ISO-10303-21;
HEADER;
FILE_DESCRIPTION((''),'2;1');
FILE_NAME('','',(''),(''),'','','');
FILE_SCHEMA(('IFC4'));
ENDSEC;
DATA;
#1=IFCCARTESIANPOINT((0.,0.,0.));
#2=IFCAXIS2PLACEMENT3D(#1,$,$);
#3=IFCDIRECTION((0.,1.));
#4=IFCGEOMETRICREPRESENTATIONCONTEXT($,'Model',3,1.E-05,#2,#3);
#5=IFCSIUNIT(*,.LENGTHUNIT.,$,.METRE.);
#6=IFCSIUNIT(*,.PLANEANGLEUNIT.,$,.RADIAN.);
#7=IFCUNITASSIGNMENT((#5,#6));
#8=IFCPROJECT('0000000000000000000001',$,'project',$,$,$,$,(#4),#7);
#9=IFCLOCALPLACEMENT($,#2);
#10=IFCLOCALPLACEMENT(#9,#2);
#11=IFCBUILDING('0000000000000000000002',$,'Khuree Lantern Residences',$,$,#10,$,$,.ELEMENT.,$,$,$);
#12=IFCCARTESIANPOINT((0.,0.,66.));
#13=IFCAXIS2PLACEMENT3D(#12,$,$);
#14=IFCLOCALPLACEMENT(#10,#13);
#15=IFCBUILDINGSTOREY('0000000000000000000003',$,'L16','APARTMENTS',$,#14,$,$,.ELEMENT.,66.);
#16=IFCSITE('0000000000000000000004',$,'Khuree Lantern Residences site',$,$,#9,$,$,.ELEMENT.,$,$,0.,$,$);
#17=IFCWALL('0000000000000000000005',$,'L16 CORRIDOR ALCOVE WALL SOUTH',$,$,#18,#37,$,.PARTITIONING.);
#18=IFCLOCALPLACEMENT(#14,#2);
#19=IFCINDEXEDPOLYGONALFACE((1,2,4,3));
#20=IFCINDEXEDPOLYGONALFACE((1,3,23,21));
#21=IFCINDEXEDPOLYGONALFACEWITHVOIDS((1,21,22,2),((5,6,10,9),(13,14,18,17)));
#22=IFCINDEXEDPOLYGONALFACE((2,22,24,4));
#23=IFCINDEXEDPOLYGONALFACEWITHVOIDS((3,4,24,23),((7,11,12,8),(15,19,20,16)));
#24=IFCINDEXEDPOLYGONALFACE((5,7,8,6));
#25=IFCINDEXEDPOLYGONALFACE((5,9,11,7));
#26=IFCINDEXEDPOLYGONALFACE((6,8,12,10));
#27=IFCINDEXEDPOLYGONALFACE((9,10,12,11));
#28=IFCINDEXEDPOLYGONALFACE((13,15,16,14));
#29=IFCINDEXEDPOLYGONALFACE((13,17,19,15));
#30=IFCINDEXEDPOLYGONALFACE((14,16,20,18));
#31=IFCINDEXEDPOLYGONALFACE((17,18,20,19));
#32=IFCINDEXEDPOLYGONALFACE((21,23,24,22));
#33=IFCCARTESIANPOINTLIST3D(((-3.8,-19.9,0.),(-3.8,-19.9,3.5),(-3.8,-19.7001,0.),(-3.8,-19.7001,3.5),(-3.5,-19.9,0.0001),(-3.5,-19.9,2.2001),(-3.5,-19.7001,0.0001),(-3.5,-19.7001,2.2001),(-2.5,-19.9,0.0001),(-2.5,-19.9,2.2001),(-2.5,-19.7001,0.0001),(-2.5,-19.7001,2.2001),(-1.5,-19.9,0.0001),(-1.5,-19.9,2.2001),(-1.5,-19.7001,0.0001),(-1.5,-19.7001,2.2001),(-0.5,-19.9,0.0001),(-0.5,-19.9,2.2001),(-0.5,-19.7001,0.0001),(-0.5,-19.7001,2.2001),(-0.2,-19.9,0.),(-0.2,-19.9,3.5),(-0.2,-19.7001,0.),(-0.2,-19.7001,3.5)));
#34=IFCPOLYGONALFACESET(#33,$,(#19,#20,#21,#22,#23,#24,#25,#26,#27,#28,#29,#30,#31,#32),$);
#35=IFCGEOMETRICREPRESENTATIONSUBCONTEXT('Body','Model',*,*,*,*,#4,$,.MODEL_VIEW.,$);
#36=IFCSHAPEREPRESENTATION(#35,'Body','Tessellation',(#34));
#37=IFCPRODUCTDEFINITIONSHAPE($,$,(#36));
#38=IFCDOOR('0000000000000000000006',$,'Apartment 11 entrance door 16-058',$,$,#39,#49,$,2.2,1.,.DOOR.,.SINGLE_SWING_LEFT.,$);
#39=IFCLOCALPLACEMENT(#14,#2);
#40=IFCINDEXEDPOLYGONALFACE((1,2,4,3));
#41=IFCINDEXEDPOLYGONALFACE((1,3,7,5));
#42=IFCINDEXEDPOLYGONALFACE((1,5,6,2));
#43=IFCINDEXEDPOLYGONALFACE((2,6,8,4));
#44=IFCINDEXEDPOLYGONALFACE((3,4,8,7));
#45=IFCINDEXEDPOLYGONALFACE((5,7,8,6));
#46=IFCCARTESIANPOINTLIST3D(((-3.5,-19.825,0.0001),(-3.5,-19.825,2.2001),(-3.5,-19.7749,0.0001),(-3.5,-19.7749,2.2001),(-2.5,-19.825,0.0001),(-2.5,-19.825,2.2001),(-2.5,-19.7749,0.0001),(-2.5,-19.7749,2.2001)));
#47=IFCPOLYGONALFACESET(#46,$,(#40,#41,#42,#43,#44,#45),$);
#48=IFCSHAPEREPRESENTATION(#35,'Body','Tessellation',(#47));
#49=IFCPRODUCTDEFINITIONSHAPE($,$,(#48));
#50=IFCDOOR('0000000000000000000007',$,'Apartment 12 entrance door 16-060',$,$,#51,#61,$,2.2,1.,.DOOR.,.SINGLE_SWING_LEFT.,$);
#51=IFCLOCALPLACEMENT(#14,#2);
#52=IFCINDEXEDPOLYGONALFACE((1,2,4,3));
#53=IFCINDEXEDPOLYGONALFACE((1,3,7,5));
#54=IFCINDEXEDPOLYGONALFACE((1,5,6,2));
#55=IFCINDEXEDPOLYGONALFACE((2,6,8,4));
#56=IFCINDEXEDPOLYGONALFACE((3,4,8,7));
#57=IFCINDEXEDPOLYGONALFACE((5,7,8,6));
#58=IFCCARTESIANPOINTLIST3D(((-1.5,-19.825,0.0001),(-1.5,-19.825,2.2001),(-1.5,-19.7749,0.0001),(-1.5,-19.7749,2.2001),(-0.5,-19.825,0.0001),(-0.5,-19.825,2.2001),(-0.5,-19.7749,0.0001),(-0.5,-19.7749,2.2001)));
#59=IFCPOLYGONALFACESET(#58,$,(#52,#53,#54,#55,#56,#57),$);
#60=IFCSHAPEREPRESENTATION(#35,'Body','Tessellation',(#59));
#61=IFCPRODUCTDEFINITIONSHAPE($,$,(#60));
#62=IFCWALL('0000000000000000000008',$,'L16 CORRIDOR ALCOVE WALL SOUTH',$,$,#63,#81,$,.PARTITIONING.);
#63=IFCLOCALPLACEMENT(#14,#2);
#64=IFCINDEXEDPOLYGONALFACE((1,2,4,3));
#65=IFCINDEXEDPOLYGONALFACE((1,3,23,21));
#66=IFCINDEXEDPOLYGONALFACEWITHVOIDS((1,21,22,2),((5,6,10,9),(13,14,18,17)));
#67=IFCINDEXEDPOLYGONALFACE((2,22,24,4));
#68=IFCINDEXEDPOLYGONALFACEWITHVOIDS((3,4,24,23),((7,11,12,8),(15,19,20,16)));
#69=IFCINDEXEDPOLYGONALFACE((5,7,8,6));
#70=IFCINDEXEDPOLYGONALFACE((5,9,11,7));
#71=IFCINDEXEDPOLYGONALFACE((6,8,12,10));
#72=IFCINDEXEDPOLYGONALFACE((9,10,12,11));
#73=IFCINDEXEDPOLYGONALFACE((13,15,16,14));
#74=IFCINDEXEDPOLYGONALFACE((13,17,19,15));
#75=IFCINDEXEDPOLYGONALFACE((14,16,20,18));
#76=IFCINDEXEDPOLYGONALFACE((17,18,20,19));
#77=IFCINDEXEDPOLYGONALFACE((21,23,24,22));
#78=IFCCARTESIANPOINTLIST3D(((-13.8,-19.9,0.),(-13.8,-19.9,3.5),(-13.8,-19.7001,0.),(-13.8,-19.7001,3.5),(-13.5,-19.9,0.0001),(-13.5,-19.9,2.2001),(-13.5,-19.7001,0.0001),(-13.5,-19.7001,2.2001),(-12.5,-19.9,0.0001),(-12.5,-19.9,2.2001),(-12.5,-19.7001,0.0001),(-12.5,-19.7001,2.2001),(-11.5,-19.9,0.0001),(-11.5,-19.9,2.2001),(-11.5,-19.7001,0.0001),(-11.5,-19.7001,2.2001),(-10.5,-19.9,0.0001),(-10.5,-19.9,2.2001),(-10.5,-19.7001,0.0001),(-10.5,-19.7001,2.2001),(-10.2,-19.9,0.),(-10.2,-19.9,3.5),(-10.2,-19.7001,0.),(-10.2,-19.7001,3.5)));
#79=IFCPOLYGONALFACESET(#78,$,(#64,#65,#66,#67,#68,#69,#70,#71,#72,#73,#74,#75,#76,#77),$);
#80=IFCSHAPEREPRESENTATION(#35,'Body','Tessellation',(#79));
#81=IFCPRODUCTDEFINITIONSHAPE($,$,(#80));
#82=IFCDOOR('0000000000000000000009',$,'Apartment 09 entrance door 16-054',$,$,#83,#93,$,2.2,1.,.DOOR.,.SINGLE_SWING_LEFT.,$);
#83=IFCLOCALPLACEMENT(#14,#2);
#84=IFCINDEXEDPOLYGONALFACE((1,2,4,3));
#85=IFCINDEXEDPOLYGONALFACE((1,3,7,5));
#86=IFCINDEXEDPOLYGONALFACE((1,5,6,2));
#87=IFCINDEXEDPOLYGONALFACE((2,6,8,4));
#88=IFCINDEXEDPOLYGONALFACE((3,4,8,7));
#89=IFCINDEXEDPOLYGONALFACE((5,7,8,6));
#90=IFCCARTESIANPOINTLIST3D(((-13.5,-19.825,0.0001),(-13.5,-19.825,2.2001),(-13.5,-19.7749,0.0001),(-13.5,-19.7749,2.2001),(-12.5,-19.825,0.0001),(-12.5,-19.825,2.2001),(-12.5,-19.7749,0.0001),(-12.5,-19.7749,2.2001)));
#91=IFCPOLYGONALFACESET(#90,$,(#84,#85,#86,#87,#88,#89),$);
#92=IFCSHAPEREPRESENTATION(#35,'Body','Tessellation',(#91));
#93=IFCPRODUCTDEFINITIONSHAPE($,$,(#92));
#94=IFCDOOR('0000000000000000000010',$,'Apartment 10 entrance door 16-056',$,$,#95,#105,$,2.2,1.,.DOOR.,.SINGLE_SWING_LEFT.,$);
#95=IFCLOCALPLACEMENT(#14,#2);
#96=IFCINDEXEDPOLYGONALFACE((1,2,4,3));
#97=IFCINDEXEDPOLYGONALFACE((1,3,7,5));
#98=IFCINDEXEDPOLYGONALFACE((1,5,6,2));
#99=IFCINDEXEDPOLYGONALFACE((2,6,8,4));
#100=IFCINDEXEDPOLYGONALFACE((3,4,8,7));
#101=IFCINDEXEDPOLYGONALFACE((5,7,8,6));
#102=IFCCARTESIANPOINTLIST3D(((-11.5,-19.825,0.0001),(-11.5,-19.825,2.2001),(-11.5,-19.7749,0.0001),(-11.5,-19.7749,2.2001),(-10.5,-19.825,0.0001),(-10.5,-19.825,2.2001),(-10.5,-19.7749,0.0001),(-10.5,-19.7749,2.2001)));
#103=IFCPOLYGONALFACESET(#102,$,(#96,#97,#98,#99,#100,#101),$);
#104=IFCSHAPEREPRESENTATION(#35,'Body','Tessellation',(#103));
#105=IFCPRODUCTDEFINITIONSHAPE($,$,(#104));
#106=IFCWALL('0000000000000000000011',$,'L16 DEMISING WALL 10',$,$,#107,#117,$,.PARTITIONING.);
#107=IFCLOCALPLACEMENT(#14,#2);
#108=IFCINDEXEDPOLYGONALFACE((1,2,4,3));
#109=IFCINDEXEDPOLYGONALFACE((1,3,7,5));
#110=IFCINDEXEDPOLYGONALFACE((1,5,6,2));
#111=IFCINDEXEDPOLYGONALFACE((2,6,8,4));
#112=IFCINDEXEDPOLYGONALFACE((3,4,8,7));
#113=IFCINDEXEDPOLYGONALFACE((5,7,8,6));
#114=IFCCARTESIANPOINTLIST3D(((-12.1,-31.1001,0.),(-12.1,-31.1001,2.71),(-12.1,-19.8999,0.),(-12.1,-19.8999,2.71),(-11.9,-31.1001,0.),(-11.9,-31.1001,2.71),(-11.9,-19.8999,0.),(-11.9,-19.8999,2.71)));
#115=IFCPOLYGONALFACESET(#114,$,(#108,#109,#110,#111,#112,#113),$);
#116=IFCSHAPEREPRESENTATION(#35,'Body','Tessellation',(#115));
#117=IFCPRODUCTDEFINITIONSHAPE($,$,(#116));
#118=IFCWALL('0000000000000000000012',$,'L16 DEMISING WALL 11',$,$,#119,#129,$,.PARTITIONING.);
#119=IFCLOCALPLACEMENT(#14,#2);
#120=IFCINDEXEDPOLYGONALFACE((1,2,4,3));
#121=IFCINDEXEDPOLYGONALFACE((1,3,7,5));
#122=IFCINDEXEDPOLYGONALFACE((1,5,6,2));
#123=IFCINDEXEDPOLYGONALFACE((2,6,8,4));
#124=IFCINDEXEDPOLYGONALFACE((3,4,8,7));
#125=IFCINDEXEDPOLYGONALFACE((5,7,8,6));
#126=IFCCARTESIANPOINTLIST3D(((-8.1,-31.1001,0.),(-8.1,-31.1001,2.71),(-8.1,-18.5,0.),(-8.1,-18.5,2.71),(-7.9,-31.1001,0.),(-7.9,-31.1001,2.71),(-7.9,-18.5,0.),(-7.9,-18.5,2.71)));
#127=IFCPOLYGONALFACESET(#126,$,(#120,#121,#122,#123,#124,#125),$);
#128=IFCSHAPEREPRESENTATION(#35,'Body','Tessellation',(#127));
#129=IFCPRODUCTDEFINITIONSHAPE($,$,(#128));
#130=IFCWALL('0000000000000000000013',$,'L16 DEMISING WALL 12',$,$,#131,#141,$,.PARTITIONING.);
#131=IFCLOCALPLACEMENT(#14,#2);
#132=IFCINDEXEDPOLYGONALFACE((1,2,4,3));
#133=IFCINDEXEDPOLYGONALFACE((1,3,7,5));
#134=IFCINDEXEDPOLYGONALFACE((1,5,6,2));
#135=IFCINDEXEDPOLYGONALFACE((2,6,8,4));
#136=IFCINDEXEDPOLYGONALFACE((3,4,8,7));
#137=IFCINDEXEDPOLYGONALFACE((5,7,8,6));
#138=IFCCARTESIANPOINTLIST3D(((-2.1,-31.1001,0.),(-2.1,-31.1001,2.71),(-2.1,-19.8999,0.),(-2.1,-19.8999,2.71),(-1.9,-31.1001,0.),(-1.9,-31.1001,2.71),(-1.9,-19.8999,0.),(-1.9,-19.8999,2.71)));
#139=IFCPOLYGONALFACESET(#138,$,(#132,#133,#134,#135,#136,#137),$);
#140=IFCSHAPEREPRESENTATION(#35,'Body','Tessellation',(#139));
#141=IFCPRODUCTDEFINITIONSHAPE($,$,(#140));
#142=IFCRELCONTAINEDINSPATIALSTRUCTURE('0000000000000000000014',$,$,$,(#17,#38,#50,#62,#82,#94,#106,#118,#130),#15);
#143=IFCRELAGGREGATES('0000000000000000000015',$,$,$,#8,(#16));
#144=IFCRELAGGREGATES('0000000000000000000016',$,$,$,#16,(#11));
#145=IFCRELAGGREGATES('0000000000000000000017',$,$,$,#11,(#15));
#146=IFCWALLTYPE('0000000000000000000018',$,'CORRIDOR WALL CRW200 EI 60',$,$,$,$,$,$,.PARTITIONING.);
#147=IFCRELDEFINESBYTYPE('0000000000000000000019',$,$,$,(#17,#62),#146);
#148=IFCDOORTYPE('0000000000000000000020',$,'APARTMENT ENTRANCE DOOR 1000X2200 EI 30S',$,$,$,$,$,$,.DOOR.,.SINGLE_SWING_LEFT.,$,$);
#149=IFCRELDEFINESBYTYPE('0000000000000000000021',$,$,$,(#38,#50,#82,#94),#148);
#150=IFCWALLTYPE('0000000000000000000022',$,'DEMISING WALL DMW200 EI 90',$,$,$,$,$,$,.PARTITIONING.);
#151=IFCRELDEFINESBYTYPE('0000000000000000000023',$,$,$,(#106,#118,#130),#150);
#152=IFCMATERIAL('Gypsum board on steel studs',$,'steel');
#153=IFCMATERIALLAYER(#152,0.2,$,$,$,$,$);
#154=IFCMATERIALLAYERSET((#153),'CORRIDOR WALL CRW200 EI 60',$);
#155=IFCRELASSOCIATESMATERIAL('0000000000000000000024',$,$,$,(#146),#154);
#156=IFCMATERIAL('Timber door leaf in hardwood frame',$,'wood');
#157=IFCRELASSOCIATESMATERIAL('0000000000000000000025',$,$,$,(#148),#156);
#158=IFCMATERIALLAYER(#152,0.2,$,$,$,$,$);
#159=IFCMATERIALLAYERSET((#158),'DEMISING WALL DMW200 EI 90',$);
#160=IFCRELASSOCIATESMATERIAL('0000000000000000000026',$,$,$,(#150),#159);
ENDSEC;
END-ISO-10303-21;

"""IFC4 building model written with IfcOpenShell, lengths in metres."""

from ifc_helpers import new_model, si_unit, direction, frame, frame_2d, origin, place, context, subcontext, project, spatial, rectangle, extrude, material, layer, layer_set, type_object, element, fill, save


model = new_model("IFC4")

# Units and contexts
model_context = context("Model", 3, precision=1e-05, world=origin(), true_north=direction((0.0, 1.0)))
body_context = subcontext(model_context, "Body", "Model", "MODEL_VIEW")
ifc_project = project(units=[si_unit("LENGTHUNIT", "METRE"), si_unit("PLANEANGLEUNIT", "RADIAN")], contexts=[model_context])

# Site, building, storey
site_placement = place(None, origin())
site = spatial("IfcSite", under=ifc_project, at=site_placement, Name="Khuree Lantern Residences site", CompositionType="ELEMENT", RefElevation=0.0)
building_placement = place(site_placement, origin())
building = spatial("IfcBuilding", under=site, at=building_placement, Name="Khuree Lantern Residences", CompositionType="ELEMENT")
storey_placement = place(building_placement, frame((0.0, 0.0, 66.0)))
storey = spatial("IfcBuildingStorey", under=building, at=storey_placement, Name="L16", Description="APARTMENTS", CompositionType="ELEMENT", Elevation=66.0)

# Shared definitions
ifc_material_1 = material(Name="Timber door leaf in hardwood frame", Category="wood")

# Walls, openings, doors
ifc_material_2 = material(Name="Gypsum board on steel studs", Category="steel")
ifc_layer_1 = layer(ifc_material_2, 0.2)
ifc_layer_set_1 = layer_set([ifc_layer_1], Name="CORRIDOR WALL CRW200 EI 60")
wall_type_1 = type_object("IfcWallType", Name="CORRIDOR WALL CRW200 EI 60", PredefinedType="PARTITIONING", material=ifc_layer_set_1)
wall_1_placement = place(storey_placement, frame((-0.2, -19.8, 0.0), z_axis=(0.0, 0.0, 1.0), x_axis=(-1.0, 0.0, 0.0)))
wall_1 = element("IfcWall", 1, at=wall_1_placement, inside=storey, type_object=wall_type_1, Name="L16 CORRIDOR ALCOVE WALL SOUTH", PredefinedType="PARTITIONING", context=body_context, shape_type="SweptSolid", body=[
    extrude(rectangle(XDim=3.6001, YDim=0.2, at=frame_2d((1.8, 0.0))), origin(), (0.0, 0.0, 1.0), 3.5),
])
opening_1_placement = place(wall_1_placement, frame((2.3, 0.0, 0.0)))
opening_1 = element("IfcOpeningElement", 2, at=opening_1_placement, cuts=wall_1, PredefinedType="OPENING", context=body_context, shape_type="SweptSolid", body=[
    extrude(rectangle(XDim=1.0, YDim=2.2, at=frame_2d((0.5, 1.1001))), frame((0.0, 0.1099, 0.0), z_axis=(0.0, -1.0, 0.0), x_axis=(1.0, 0.0, 0.0)), (0.0, 0.0, 1.0), 0.22),
])
opening_2_placement = place(wall_1_placement, frame((0.3, 0.0, 0.0)))
opening_2 = element("IfcOpeningElement", 3, at=opening_2_placement, cuts=wall_1, PredefinedType="OPENING", context=body_context, shape_type="SweptSolid", body=[
    extrude(rectangle(XDim=1.0, YDim=2.2, at=frame_2d((0.5, 1.1001))), frame((0.0, 0.1099, 0.0), z_axis=(0.0, -1.0, 0.0), x_axis=(1.0, 0.0, 0.0)), (0.0, 0.0, 1.0), 0.22),
])
door_type_1 = type_object("IfcDoorType", Name="APARTMENT ENTRANCE DOOR 1000X2200 EI 30S", OperationType="SINGLE_SWING_LEFT", PredefinedType="DOOR", material=ifc_material_1)
door_1_placement = place(opening_1_placement, origin())
door_1 = element("IfcDoor", 4, at=door_1_placement, inside=storey, type_object=door_type_1, Name="Apartment 11 entrance door 16-058", OperationType="SINGLE_SWING_LEFT", OverallHeight=2.2, OverallWidth=1.0, PredefinedType="DOOR", context=body_context, shape_type="SweptSolid", body=[
    extrude(rectangle(XDim=1.0, YDim=2.2, at=frame_2d((0.5, 1.1001))), frame((0.0, 0.0249, 0.0), z_axis=(0.0, -1.0, 0.0), x_axis=(1.0, 0.0, 0.0)), (0.0, 0.0, 1.0), 0.05),
])
fill(opening_1, door_1)
door_2_placement = place(opening_2_placement, origin())
door_2 = element("IfcDoor", 5, at=door_2_placement, inside=storey, type_object=door_type_1, Name="Apartment 12 entrance door 16-060", OperationType="SINGLE_SWING_LEFT", OverallHeight=2.2, OverallWidth=1.0, PredefinedType="DOOR", context=body_context, shape_type="SweptSolid", body=[
    extrude(rectangle(XDim=1.0, YDim=2.2, at=frame_2d((0.5, 1.1001))), frame((0.0, 0.0249, 0.0), z_axis=(0.0, -1.0, 0.0), x_axis=(1.0, 0.0, 0.0)), (0.0, 0.0, 1.0), 0.05),
])
fill(opening_2, door_2)
wall_2_placement = place(storey_placement, frame((-10.2, -19.8, 0.0), z_axis=(0.0, 0.0, 1.0), x_axis=(-1.0, 0.0, 0.0)))
wall_2 = element("IfcWall", 6, at=wall_2_placement, inside=storey, type_object=wall_type_1, Name="L16 CORRIDOR ALCOVE WALL SOUTH", PredefinedType="PARTITIONING", context=body_context, shape_type="SweptSolid", body=[
    extrude(rectangle(XDim=3.6001, YDim=0.2, at=frame_2d((1.8, 0.0))), origin(), (0.0, 0.0, 1.0), 3.5),
])
opening_3_placement = place(wall_2_placement, frame((2.3, 0.0, 0.0)))
opening_3 = element("IfcOpeningElement", 7, at=opening_3_placement, cuts=wall_2, PredefinedType="OPENING", context=body_context, shape_type="SweptSolid", body=[
    extrude(rectangle(XDim=1.0, YDim=2.2, at=frame_2d((0.5, 1.1001))), frame((0.0, 0.1099, 0.0), z_axis=(0.0, -1.0, 0.0), x_axis=(1.0, 0.0, 0.0)), (0.0, 0.0, 1.0), 0.22),
])
opening_4_placement = place(wall_2_placement, frame((0.3, 0.0, 0.0)))
opening_4 = element("IfcOpeningElement", 8, at=opening_4_placement, cuts=wall_2, PredefinedType="OPENING", context=body_context, shape_type="SweptSolid", body=[
    extrude(rectangle(XDim=1.0, YDim=2.2, at=frame_2d((0.5, 1.1001))), frame((0.0, 0.1099, 0.0), z_axis=(0.0, -1.0, 0.0), x_axis=(1.0, 0.0, 0.0)), (0.0, 0.0, 1.0), 0.22),
])
door_3_placement = place(opening_3_placement, origin())
door_3 = element("IfcDoor", 9, at=door_3_placement, inside=storey, type_object=door_type_1, Name="Apartment 09 entrance door 16-054", OperationType="SINGLE_SWING_LEFT", OverallHeight=2.2, OverallWidth=1.0, PredefinedType="DOOR", context=body_context, shape_type="SweptSolid", body=[
    extrude(rectangle(XDim=1.0, YDim=2.2, at=frame_2d((0.5, 1.1001))), frame((0.0, 0.0249, 0.0), z_axis=(0.0, -1.0, 0.0), x_axis=(1.0, 0.0, 0.0)), (0.0, 0.0, 1.0), 0.05),
])
fill(opening_3, door_3)
door_4_placement = place(opening_4_placement, origin())
door_4 = element("IfcDoor", 10, at=door_4_placement, inside=storey, type_object=door_type_1, Name="Apartment 10 entrance door 16-056", OperationType="SINGLE_SWING_LEFT", OverallHeight=2.2, OverallWidth=1.0, PredefinedType="DOOR", context=body_context, shape_type="SweptSolid", body=[
    extrude(rectangle(XDim=1.0, YDim=2.2, at=frame_2d((0.5, 1.1001))), frame((0.0, 0.0249, 0.0), z_axis=(0.0, -1.0, 0.0), x_axis=(1.0, 0.0, 0.0)), (0.0, 0.0, 1.0), 0.05),
])
fill(opening_4, door_4)

# Walls
ifc_layer_2 = layer(ifc_material_2, 0.2)
ifc_layer_set_2 = layer_set([ifc_layer_2], Name="DEMISING WALL DMW200 EI 90")
wall_type_2 = type_object("IfcWallType", Name="DEMISING WALL DMW200 EI 90", PredefinedType="PARTITIONING", material=ifc_layer_set_2)
wall_3_placement = place(storey_placement, frame((-12.0, -19.8999, 0.0), z_axis=(0.0, 0.0, 1.0), x_axis=(0.0, -1.0, 0.0)))
element("IfcWall", 11, at=wall_3_placement, inside=storey, type_object=wall_type_2, Name="L16 DEMISING WALL 10", PredefinedType="PARTITIONING", context=body_context, shape_type="SweptSolid", body=[
    extrude(rectangle(XDim=11.2002, YDim=0.2, at=frame_2d((5.6001, 0.0))), origin(), (0.0, 0.0, 1.0), 2.71),
])
wall_4_placement = place(storey_placement, frame((-8.0, -18.5, 0.0), z_axis=(0.0, 0.0, 1.0), x_axis=(0.0, -1.0, 0.0)))
element("IfcWall", 12, at=wall_4_placement, inside=storey, type_object=wall_type_2, Name="L16 DEMISING WALL 11", PredefinedType="PARTITIONING", context=body_context, shape_type="SweptSolid", body=[
    extrude(rectangle(XDim=12.6001, YDim=0.2, at=frame_2d((6.3, 0.0))), origin(), (0.0, 0.0, 1.0), 2.71),
])
wall_5_placement = place(storey_placement, frame((-2.0, -19.8999, 0.0), z_axis=(0.0, 0.0, 1.0), x_axis=(0.0, -1.0, 0.0)))
element("IfcWall", 13, at=wall_5_placement, inside=storey, type_object=wall_type_2, Name="L16 DEMISING WALL 12", PredefinedType="PARTITIONING", context=body_context, shape_type="SweptSolid", body=[
    extrude(rectangle(XDim=11.2002, YDim=0.2, at=frame_2d((5.6001, 0.0))), origin(), (0.0, 0.0, 1.0), 2.71),
])

save(model, "model.ifc")
